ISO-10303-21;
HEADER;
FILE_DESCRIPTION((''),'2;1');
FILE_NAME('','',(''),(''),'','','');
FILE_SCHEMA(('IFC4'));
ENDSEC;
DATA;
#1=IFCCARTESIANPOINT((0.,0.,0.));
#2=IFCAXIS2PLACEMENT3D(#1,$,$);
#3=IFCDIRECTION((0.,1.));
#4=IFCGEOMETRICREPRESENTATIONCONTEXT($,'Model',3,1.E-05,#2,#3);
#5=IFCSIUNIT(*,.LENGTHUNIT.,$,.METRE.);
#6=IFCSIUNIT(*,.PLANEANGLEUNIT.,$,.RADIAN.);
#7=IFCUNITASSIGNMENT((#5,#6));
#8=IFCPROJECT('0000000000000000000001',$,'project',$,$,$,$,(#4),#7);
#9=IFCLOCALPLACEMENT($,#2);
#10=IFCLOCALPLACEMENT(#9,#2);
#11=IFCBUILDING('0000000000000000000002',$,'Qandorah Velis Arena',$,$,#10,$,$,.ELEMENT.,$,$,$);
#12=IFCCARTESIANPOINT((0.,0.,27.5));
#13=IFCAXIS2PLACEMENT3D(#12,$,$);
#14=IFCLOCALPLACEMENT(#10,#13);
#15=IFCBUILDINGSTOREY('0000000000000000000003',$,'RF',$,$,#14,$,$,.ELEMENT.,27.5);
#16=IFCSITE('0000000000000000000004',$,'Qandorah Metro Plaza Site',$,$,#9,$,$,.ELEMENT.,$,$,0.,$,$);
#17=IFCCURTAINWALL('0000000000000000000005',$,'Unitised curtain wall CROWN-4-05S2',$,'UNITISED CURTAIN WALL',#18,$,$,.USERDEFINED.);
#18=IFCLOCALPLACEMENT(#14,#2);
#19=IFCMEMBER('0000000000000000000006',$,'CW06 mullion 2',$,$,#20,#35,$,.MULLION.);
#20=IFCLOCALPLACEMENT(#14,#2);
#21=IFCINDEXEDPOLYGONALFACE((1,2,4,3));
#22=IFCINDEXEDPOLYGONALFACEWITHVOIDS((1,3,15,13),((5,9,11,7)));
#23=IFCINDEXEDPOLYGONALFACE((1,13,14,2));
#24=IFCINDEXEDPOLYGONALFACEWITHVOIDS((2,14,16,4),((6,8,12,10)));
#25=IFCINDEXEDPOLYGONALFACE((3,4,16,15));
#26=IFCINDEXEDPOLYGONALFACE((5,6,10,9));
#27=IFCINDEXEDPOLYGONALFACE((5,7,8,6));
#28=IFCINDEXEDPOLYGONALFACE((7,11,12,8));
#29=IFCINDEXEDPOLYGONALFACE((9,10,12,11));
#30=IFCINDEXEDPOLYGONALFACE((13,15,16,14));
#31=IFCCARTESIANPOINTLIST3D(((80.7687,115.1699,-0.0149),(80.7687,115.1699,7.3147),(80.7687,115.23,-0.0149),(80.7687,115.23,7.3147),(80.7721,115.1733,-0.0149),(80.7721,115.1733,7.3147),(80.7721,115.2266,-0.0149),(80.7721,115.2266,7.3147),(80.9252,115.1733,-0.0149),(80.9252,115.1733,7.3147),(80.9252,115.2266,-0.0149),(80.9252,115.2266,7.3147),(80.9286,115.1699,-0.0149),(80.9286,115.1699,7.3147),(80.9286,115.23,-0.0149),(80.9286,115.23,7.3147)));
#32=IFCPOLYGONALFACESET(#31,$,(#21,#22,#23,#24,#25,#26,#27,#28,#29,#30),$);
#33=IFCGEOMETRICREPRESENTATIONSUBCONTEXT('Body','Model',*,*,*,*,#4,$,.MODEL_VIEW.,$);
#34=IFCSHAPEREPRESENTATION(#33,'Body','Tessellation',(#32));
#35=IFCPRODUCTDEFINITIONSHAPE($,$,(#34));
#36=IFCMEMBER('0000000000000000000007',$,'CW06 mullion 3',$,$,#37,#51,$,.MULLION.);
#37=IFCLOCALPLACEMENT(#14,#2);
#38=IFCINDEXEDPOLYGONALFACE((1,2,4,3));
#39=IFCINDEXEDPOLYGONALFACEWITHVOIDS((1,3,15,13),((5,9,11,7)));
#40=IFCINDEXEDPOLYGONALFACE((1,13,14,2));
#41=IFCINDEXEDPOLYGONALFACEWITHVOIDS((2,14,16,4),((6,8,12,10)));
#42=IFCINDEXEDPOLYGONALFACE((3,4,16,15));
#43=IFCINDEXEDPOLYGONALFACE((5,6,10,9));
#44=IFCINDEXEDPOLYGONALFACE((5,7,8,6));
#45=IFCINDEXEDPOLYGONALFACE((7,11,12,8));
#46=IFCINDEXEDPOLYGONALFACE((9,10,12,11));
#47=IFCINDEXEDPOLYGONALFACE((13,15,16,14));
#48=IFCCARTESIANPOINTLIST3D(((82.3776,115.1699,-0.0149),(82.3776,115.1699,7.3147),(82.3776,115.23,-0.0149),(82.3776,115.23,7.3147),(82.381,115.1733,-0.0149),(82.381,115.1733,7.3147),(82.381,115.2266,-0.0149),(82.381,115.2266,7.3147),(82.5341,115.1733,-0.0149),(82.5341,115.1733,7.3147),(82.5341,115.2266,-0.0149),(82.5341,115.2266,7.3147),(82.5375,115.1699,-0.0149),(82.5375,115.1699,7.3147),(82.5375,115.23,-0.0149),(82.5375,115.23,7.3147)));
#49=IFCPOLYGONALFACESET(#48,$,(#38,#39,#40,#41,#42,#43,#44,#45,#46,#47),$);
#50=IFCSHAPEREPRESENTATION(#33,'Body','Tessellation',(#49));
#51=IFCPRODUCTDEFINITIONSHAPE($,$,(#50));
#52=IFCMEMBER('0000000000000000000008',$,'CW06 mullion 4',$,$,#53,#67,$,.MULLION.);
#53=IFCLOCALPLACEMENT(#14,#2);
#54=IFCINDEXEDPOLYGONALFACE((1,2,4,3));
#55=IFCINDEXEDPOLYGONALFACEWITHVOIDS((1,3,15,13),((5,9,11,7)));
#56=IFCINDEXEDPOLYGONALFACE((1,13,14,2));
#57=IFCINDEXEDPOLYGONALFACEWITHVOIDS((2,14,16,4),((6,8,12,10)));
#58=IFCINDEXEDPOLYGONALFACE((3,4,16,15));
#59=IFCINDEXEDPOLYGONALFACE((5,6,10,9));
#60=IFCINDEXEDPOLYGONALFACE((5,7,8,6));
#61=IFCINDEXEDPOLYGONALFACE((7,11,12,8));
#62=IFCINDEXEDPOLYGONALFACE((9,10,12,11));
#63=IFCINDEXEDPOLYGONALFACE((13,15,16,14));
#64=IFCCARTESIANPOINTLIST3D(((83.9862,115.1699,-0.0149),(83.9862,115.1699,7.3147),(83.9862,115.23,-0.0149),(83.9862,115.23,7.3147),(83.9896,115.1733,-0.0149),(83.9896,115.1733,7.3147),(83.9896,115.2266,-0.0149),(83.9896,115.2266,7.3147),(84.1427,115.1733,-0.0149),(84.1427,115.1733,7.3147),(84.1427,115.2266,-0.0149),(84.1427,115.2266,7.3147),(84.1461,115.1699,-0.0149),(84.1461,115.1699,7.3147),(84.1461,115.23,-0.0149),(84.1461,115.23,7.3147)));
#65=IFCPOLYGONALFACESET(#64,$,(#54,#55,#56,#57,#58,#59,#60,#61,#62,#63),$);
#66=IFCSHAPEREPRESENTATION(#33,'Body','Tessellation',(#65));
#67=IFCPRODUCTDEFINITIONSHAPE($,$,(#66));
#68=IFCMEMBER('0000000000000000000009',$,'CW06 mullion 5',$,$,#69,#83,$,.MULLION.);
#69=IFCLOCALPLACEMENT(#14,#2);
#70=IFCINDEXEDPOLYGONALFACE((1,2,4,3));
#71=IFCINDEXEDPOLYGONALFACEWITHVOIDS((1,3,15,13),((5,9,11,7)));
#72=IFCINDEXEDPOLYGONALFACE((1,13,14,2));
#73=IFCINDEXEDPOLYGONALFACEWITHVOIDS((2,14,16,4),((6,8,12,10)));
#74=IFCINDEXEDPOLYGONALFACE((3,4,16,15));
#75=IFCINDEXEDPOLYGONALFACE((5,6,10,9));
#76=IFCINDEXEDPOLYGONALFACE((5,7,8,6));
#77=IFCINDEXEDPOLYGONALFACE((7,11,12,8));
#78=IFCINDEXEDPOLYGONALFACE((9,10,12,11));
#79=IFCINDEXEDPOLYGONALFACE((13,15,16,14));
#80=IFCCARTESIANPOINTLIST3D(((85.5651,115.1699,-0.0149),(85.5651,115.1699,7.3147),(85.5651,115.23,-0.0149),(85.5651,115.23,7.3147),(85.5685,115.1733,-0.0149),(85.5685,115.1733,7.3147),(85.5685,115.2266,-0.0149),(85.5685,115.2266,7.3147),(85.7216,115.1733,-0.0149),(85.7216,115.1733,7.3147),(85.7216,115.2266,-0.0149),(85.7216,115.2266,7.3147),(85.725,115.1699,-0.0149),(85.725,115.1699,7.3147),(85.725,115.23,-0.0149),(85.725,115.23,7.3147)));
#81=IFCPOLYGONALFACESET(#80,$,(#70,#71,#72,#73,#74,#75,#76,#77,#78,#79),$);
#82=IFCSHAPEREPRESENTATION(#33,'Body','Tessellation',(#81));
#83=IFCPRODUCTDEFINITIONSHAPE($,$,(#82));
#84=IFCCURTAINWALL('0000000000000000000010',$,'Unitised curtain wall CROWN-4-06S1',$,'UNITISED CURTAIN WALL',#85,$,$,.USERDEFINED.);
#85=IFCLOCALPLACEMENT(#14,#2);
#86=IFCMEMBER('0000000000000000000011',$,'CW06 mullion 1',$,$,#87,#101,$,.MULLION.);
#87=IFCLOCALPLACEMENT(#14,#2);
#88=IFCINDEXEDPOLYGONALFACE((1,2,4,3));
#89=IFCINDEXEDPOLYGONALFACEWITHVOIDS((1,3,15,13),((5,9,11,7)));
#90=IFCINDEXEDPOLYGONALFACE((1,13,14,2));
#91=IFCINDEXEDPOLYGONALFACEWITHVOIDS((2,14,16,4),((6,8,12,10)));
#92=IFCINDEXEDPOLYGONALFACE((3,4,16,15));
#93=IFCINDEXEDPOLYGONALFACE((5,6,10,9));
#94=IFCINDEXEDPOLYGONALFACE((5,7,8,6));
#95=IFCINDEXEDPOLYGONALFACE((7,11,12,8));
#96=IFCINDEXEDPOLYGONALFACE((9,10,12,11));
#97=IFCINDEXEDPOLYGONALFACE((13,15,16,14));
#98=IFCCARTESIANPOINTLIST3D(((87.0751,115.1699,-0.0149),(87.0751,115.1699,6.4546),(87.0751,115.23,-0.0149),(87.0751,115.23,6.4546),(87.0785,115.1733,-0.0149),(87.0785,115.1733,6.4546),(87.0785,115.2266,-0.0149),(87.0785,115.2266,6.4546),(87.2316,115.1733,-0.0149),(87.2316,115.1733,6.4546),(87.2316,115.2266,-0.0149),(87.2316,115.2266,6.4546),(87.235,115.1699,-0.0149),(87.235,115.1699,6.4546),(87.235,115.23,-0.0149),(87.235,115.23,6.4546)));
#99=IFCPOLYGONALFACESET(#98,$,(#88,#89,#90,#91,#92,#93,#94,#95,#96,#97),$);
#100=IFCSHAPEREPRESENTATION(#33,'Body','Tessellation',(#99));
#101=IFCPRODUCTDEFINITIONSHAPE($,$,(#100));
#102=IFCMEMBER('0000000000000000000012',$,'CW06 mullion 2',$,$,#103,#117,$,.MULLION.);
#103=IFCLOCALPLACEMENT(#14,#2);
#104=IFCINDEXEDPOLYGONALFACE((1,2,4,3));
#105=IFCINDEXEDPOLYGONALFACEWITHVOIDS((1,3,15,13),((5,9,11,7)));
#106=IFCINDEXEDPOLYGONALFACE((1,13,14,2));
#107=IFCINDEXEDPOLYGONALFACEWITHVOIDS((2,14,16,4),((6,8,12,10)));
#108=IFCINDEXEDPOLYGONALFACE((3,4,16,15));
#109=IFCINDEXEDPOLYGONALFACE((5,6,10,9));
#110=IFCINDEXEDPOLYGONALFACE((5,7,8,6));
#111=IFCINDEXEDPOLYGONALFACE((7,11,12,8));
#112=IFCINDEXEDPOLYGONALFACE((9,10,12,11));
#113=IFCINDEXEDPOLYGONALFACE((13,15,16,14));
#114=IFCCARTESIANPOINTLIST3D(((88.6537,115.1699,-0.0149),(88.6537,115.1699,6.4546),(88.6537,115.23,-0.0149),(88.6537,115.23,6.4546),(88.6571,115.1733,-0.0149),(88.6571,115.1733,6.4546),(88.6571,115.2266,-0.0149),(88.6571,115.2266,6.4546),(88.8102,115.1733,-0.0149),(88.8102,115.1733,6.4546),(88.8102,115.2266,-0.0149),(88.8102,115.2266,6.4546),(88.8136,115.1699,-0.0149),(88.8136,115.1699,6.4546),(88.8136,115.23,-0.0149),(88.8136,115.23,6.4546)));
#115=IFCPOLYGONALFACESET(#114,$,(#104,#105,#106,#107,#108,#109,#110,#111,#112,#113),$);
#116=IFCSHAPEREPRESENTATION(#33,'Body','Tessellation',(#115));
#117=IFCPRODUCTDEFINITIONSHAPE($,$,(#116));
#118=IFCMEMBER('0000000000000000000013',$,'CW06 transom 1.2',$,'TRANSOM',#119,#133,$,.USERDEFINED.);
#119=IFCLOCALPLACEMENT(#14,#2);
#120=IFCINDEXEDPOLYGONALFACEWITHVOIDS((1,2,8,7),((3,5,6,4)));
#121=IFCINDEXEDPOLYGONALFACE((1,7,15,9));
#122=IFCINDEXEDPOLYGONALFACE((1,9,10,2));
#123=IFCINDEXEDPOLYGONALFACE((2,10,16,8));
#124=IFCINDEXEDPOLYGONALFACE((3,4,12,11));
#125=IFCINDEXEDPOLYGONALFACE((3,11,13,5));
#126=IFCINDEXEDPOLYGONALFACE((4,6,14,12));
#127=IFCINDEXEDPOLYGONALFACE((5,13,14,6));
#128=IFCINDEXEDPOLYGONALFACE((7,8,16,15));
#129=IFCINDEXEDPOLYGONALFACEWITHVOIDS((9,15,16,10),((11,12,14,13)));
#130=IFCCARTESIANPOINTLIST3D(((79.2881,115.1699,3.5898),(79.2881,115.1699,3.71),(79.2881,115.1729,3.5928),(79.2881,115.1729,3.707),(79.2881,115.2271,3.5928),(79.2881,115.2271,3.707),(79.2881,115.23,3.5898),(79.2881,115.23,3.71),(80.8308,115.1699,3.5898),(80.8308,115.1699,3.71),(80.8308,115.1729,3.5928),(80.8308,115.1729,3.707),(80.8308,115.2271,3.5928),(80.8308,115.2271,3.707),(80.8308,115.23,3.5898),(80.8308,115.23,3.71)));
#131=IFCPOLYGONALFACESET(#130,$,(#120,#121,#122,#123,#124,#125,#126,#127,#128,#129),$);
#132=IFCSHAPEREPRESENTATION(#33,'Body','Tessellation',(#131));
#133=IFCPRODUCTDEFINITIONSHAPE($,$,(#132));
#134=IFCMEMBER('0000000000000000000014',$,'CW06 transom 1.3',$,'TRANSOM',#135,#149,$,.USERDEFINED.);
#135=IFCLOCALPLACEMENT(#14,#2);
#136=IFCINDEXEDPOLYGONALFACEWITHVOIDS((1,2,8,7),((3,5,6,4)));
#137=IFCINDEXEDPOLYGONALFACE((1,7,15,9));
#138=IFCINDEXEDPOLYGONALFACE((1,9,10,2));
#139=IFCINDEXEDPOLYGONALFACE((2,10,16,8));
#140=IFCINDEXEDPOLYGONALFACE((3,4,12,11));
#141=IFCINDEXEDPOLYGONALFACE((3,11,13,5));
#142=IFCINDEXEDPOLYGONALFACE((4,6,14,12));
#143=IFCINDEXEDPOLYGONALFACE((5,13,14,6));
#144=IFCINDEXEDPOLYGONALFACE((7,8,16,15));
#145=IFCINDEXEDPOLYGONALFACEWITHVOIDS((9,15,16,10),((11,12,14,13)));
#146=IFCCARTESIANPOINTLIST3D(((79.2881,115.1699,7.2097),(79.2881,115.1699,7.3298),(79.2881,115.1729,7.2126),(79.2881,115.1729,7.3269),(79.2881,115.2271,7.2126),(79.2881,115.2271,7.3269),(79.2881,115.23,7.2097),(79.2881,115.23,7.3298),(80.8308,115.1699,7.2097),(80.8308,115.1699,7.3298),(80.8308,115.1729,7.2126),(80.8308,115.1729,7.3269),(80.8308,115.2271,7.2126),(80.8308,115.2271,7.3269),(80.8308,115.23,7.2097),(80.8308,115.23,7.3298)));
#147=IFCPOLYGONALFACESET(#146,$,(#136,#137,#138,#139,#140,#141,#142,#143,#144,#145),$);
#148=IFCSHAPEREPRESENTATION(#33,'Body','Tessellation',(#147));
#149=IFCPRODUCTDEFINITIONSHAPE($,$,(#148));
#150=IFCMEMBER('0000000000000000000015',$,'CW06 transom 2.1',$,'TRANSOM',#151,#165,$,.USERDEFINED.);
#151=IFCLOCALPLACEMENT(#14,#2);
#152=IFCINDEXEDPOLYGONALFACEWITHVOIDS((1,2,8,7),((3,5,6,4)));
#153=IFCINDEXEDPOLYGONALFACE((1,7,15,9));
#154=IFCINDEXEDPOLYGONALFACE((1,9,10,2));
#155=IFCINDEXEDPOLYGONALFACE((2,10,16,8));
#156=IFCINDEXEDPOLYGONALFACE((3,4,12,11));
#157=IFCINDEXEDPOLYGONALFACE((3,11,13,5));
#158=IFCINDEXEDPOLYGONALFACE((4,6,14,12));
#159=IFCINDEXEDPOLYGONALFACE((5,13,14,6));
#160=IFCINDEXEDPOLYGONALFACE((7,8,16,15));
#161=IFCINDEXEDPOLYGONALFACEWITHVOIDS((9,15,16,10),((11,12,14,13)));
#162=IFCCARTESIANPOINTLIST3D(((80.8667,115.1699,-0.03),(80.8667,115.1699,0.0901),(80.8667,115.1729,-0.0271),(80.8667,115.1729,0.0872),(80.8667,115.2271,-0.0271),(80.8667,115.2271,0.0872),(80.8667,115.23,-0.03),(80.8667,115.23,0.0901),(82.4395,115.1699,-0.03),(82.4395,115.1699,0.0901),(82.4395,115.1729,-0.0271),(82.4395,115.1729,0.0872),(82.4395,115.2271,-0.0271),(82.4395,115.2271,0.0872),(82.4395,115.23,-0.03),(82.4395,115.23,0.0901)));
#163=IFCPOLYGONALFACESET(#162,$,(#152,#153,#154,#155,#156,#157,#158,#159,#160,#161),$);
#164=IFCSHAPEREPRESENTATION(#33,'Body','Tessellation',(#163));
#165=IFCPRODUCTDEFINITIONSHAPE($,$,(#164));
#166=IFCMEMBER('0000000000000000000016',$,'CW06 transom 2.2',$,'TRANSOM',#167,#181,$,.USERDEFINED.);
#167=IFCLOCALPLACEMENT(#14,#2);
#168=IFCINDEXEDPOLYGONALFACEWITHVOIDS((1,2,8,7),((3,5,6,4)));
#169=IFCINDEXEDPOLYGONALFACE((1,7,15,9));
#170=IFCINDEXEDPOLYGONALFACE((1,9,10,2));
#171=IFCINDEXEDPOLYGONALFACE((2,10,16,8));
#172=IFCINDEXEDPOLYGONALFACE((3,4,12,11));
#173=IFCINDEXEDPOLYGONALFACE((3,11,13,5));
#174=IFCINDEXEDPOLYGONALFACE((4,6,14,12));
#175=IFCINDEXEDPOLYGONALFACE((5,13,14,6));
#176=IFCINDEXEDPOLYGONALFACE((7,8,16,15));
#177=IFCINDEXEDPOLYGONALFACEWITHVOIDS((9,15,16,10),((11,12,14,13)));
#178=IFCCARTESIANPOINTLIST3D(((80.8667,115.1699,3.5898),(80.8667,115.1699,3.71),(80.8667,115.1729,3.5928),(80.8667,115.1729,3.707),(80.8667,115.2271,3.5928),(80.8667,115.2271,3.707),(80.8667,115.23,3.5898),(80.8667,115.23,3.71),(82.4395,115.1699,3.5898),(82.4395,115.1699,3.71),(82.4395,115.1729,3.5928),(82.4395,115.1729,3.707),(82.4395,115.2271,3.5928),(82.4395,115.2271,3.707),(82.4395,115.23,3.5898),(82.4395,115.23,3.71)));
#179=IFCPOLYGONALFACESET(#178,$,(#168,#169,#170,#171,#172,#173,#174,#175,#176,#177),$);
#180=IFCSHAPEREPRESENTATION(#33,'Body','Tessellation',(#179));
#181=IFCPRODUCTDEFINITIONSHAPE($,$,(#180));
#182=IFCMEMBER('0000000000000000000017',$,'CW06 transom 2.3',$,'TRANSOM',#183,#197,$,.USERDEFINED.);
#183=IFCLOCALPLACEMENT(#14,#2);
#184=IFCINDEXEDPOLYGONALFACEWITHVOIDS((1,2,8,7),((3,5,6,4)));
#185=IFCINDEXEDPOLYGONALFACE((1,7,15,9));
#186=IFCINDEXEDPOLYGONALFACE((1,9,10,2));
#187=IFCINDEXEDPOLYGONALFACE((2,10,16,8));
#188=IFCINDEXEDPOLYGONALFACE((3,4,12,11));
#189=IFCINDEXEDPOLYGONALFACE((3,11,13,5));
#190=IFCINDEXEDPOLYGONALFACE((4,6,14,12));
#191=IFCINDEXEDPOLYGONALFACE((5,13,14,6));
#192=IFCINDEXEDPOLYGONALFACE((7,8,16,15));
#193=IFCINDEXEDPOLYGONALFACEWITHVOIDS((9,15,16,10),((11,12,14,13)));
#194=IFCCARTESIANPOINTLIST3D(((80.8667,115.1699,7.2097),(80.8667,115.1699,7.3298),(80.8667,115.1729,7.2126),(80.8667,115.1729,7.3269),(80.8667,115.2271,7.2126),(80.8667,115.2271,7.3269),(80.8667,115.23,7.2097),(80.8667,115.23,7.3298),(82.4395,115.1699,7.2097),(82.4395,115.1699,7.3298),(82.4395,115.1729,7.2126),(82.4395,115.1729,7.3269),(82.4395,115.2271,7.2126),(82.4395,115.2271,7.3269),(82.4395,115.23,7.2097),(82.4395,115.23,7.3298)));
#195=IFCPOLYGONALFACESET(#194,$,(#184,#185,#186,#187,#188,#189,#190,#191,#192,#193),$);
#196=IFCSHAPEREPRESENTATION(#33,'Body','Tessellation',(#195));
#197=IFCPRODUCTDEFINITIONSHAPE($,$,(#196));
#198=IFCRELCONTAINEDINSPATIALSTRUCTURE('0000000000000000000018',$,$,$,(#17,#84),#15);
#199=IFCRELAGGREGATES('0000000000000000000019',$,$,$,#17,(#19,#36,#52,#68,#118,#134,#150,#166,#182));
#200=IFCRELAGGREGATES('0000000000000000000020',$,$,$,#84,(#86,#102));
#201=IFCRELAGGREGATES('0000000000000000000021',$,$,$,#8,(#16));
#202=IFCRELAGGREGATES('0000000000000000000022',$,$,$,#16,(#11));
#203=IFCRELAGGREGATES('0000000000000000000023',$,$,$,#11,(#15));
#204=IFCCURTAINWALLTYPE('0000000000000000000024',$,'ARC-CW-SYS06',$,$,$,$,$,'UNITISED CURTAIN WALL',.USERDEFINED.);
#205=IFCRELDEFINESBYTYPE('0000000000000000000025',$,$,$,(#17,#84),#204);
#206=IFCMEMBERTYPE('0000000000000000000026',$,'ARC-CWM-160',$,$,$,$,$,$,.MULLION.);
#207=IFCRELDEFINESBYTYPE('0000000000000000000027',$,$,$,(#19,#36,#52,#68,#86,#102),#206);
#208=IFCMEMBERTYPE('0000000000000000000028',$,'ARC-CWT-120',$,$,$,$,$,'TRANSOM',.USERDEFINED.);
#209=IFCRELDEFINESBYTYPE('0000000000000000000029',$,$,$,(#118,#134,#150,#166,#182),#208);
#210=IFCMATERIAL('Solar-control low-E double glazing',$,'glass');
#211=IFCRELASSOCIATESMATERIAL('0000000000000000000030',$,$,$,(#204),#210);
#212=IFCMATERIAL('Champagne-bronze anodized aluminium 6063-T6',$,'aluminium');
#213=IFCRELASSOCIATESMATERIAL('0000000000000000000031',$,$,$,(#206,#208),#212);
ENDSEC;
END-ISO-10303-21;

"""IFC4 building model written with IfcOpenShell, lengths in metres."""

from ifc_helpers import new_model, si_unit, direction, frame, origin, origin_2d, place, context, subcontext, project, spatial, hollow_rectangle, extrude, material, material_profile, profile_set, type_object, element, aggregate, save


model = new_model("IFC4")

# Units and contexts
model_context = context("Model", 3, precision=1e-05, world=origin(), true_north=direction((0.0, 1.0)))
body_context = subcontext(model_context, "Body", "Model", "MODEL_VIEW")
ifc_project = project(units=[si_unit("LENGTHUNIT", "METRE"), si_unit("PLANEANGLEUNIT", "RADIAN")], contexts=[model_context])

# Site, building, storey
site_placement = place(None, origin())
site = spatial("IfcSite", under=ifc_project, at=site_placement, Name="Qandorah Metro Plaza Site", CompositionType="ELEMENT", RefElevation=0.0)
building_placement = place(site_placement, origin())
building = spatial("IfcBuilding", under=site, at=building_placement, Name="Qandorah Velis Arena", CompositionType="ELEMENT")
storey_placement = place(building_placement, frame((0.0, 0.0, 27.5)))
storey = spatial("IfcBuildingStorey", under=building, at=storey_placement, Name="RF", CompositionType="ELEMENT", Elevation=27.5)

# Curtain walls, members
ifc_material_1 = material(Name="Solar-control low-E double glazing", Category="glass")
curtain_wall_type = type_object("IfcCurtainWallType", Name="ARC-CW-SYS06", ElementType="UNITISED CURTAIN WALL", PredefinedType="USERDEFINED", material=ifc_material_1)
curtain_wall_1_placement = place(storey_placement, origin())
curtain_wall_1 = element("IfcCurtainWall", 1, at=curtain_wall_1_placement, inside=storey, type_object=curtain_wall_type, Name="Unitised curtain wall CROWN-4-05S2", ObjectType="UNITISED CURTAIN WALL", PredefinedType="USERDEFINED")
ifc_material_2 = material(Name="Champagne-bronze anodized aluminium 6063-T6", Category="aluminium")
ifc_material_profile_1 = material_profile(ifc_material_2, hollow_rectangle(XDim=0.0601, YDim=0.1599, WallThickness=0.0034, at=origin_2d()), Name="ALU MULLION 60x160")
ifc_profile_set_1 = profile_set([ifc_material_profile_1], Name="Champagne-bronze anodized aluminium 6063-T6")
member_type_1 = type_object("IfcMemberType", Name="ARC-CWM-160", PredefinedType="MULLION", material=ifc_profile_set_1)
member_1_placement = place(storey_placement, frame((80.8486, 115.2, -0.0149), z_axis=(0.0, 0.0, 1.0), x_axis=(0.0, 1.0, 0.0)))
member_1 = element("IfcMember", 2, at=member_1_placement, type_object=member_type_1, Name="CW06 mullion 2", PredefinedType="MULLION", context=body_context, shape_type="SweptSolid", body=[
    extrude(hollow_rectangle(XDim=0.0601, YDim=0.1599, WallThickness=0.0034, at=origin_2d()), origin(), (0.0, 0.0, 1.0), 7.3296),
])
member_2_placement = place(storey_placement, frame((82.4575, 115.2, -0.0149), z_axis=(0.0, 0.0, 1.0), x_axis=(0.0, 1.0, 0.0)))
member_2 = element("IfcMember", 3, at=member_2_placement, type_object=member_type_1, Name="CW06 mullion 3", PredefinedType="MULLION", context=body_context, shape_type="SweptSolid", body=[
    extrude(hollow_rectangle(XDim=0.0601, YDim=0.1599, WallThickness=0.0034, at=origin_2d()), origin(), (0.0, 0.0, 1.0), 7.3296),
])
member_3_placement = place(storey_placement, frame((84.0662, 115.2, -0.0149), z_axis=(0.0, 0.0, 1.0), x_axis=(0.0, 1.0, 0.0)))
member_3 = element("IfcMember", 4, at=member_3_placement, type_object=member_type_1, Name="CW06 mullion 4", PredefinedType="MULLION", context=body_context, shape_type="SweptSolid", body=[
    extrude(hollow_rectangle(XDim=0.0601, YDim=0.1599, WallThickness=0.0034, at=origin_2d()), origin(), (0.0, 0.0, 1.0), 7.3296),
])
member_4_placement = place(storey_placement, frame((85.645, 115.2, -0.0149), z_axis=(0.0, 0.0, 1.0), x_axis=(0.0, 1.0, 0.0)))
member_4 = element("IfcMember", 5, at=member_4_placement, type_object=member_type_1, Name="CW06 mullion 5", PredefinedType="MULLION", context=body_context, shape_type="SweptSolid", body=[
    extrude(hollow_rectangle(XDim=0.0601, YDim=0.1599, WallThickness=0.0034, at=origin_2d()), origin(), (0.0, 0.0, 1.0), 7.3296),
])
curtain_wall_2_placement = place(storey_placement, origin())
curtain_wall_2 = element("IfcCurtainWall", 6, at=curtain_wall_2_placement, inside=storey, type_object=curtain_wall_type, Name="Unitised curtain wall CROWN-4-06S1", ObjectType="UNITISED CURTAIN WALL", PredefinedType="USERDEFINED")
member_5_placement = place(storey_placement, frame((87.155, 115.2, -0.0149), z_axis=(0.0, 0.0, 1.0), x_axis=(0.0, 1.0, 0.0)))
member_5 = element("IfcMember", 7, at=member_5_placement, type_object=member_type_1, Name="CW06 mullion 1", PredefinedType="MULLION", context=body_context, shape_type="SweptSolid", body=[
    extrude(hollow_rectangle(XDim=0.0601, YDim=0.1599, WallThickness=0.0034, at=origin_2d()), origin(), (0.0, 0.0, 1.0), 6.4695),
])
member_6_placement = place(storey_placement, frame((88.7336, 115.2, -0.0149), z_axis=(0.0, 0.0, 1.0), x_axis=(0.0, 1.0, 0.0)))
member_6 = element("IfcMember", 8, at=member_6_placement, type_object=member_type_1, Name="CW06 mullion 2", PredefinedType="MULLION", context=body_context, shape_type="SweptSolid", body=[
    extrude(hollow_rectangle(XDim=0.0601, YDim=0.1599, WallThickness=0.0034, at=origin_2d()), origin(), (0.0, 0.0, 1.0), 6.4695),
])

# Members
ifc_material_profile_2 = material_profile(ifc_material_2, hollow_rectangle(XDim=0.0601, YDim=0.1201, WallThickness=0.0029, at=origin_2d()), Name="ALU TRANSOM 60x120")
ifc_profile_set_2 = profile_set([ifc_material_profile_2], Name="Champagne-bronze anodized aluminium 6063-T6")
member_type_2 = type_object("IfcMemberType", Name="ARC-CWT-120", ElementType="TRANSOM", PredefinedType="USERDEFINED", material=ifc_profile_set_2)
member_7_placement = place(storey_placement, frame((79.2881, 115.2, 3.6499), z_axis=(1.0, 0.0, 0.0), x_axis=(0.0, 1.0, 0.0)))
member_7 = element("IfcMember", 9, at=member_7_placement, type_object=member_type_2, Name="CW06 transom 1.2", ObjectType="TRANSOM", PredefinedType="USERDEFINED", context=body_context, shape_type="SweptSolid", body=[
    extrude(hollow_rectangle(XDim=0.0601, YDim=0.1201, WallThickness=0.0029, at=origin_2d()), origin(), (0.0, 0.0, 1.0), 1.5427),
])
member_8_placement = place(storey_placement, frame((79.2881, 115.2, 7.2698), z_axis=(1.0, 0.0, 0.0), x_axis=(0.0, 1.0, 0.0)))
member_8 = element("IfcMember", 10, at=member_8_placement, type_object=member_type_2, Name="CW06 transom 1.3", ObjectType="TRANSOM", PredefinedType="USERDEFINED", context=body_context, shape_type="SweptSolid", body=[
    extrude(hollow_rectangle(XDim=0.0601, YDim=0.1201, WallThickness=0.0029, at=origin_2d()), origin(), (0.0, 0.0, 1.0), 1.5427),
])
member_9_placement = place(storey_placement, frame((80.8667, 115.2, 0.03), z_axis=(1.0, 0.0, 0.0), x_axis=(0.0, 1.0, 0.0)))
member_9 = element("IfcMember", 11, at=member_9_placement, type_object=member_type_2, Name="CW06 transom 2.1", ObjectType="TRANSOM", PredefinedType="USERDEFINED", context=body_context, shape_type="SweptSolid", body=[
    extrude(hollow_rectangle(XDim=0.0601, YDim=0.1201, WallThickness=0.0029, at=origin_2d()), origin(), (0.0, 0.0, 1.0), 1.5728),
])
member_10_placement = place(storey_placement, frame((80.8667, 115.2, 3.6499), z_axis=(1.0, 0.0, 0.0), x_axis=(0.0, 1.0, 0.0)))
member_10 = element("IfcMember", 12, at=member_10_placement, type_object=member_type_2, Name="CW06 transom 2.2", ObjectType="TRANSOM", PredefinedType="USERDEFINED", context=body_context, shape_type="SweptSolid", body=[
    extrude(hollow_rectangle(XDim=0.0601, YDim=0.1201, WallThickness=0.0029, at=origin_2d()), origin(), (0.0, 0.0, 1.0), 1.5728),
])
member_11_placement = place(storey_placement, frame((80.8667, 115.2, 7.2698), z_axis=(1.0, 0.0, 0.0), x_axis=(0.0, 1.0, 0.0)))
member_11 = element("IfcMember", 13, at=member_11_placement, type_object=member_type_2, Name="CW06 transom 2.3", ObjectType="TRANSOM", PredefinedType="USERDEFINED", context=body_context, shape_type="SweptSolid", body=[
    extrude(hollow_rectangle(XDim=0.0601, YDim=0.1201, WallThickness=0.0029, at=origin_2d()), origin(), (0.0, 0.0, 1.0), 1.5728),
])

aggregate(curtain_wall_1, [member_1, member_2, member_3, member_4, member_7, member_8, member_9, member_10, member_11])
aggregate(curtain_wall_2, [member_5, member_6])

save(model, "model.ifc")
